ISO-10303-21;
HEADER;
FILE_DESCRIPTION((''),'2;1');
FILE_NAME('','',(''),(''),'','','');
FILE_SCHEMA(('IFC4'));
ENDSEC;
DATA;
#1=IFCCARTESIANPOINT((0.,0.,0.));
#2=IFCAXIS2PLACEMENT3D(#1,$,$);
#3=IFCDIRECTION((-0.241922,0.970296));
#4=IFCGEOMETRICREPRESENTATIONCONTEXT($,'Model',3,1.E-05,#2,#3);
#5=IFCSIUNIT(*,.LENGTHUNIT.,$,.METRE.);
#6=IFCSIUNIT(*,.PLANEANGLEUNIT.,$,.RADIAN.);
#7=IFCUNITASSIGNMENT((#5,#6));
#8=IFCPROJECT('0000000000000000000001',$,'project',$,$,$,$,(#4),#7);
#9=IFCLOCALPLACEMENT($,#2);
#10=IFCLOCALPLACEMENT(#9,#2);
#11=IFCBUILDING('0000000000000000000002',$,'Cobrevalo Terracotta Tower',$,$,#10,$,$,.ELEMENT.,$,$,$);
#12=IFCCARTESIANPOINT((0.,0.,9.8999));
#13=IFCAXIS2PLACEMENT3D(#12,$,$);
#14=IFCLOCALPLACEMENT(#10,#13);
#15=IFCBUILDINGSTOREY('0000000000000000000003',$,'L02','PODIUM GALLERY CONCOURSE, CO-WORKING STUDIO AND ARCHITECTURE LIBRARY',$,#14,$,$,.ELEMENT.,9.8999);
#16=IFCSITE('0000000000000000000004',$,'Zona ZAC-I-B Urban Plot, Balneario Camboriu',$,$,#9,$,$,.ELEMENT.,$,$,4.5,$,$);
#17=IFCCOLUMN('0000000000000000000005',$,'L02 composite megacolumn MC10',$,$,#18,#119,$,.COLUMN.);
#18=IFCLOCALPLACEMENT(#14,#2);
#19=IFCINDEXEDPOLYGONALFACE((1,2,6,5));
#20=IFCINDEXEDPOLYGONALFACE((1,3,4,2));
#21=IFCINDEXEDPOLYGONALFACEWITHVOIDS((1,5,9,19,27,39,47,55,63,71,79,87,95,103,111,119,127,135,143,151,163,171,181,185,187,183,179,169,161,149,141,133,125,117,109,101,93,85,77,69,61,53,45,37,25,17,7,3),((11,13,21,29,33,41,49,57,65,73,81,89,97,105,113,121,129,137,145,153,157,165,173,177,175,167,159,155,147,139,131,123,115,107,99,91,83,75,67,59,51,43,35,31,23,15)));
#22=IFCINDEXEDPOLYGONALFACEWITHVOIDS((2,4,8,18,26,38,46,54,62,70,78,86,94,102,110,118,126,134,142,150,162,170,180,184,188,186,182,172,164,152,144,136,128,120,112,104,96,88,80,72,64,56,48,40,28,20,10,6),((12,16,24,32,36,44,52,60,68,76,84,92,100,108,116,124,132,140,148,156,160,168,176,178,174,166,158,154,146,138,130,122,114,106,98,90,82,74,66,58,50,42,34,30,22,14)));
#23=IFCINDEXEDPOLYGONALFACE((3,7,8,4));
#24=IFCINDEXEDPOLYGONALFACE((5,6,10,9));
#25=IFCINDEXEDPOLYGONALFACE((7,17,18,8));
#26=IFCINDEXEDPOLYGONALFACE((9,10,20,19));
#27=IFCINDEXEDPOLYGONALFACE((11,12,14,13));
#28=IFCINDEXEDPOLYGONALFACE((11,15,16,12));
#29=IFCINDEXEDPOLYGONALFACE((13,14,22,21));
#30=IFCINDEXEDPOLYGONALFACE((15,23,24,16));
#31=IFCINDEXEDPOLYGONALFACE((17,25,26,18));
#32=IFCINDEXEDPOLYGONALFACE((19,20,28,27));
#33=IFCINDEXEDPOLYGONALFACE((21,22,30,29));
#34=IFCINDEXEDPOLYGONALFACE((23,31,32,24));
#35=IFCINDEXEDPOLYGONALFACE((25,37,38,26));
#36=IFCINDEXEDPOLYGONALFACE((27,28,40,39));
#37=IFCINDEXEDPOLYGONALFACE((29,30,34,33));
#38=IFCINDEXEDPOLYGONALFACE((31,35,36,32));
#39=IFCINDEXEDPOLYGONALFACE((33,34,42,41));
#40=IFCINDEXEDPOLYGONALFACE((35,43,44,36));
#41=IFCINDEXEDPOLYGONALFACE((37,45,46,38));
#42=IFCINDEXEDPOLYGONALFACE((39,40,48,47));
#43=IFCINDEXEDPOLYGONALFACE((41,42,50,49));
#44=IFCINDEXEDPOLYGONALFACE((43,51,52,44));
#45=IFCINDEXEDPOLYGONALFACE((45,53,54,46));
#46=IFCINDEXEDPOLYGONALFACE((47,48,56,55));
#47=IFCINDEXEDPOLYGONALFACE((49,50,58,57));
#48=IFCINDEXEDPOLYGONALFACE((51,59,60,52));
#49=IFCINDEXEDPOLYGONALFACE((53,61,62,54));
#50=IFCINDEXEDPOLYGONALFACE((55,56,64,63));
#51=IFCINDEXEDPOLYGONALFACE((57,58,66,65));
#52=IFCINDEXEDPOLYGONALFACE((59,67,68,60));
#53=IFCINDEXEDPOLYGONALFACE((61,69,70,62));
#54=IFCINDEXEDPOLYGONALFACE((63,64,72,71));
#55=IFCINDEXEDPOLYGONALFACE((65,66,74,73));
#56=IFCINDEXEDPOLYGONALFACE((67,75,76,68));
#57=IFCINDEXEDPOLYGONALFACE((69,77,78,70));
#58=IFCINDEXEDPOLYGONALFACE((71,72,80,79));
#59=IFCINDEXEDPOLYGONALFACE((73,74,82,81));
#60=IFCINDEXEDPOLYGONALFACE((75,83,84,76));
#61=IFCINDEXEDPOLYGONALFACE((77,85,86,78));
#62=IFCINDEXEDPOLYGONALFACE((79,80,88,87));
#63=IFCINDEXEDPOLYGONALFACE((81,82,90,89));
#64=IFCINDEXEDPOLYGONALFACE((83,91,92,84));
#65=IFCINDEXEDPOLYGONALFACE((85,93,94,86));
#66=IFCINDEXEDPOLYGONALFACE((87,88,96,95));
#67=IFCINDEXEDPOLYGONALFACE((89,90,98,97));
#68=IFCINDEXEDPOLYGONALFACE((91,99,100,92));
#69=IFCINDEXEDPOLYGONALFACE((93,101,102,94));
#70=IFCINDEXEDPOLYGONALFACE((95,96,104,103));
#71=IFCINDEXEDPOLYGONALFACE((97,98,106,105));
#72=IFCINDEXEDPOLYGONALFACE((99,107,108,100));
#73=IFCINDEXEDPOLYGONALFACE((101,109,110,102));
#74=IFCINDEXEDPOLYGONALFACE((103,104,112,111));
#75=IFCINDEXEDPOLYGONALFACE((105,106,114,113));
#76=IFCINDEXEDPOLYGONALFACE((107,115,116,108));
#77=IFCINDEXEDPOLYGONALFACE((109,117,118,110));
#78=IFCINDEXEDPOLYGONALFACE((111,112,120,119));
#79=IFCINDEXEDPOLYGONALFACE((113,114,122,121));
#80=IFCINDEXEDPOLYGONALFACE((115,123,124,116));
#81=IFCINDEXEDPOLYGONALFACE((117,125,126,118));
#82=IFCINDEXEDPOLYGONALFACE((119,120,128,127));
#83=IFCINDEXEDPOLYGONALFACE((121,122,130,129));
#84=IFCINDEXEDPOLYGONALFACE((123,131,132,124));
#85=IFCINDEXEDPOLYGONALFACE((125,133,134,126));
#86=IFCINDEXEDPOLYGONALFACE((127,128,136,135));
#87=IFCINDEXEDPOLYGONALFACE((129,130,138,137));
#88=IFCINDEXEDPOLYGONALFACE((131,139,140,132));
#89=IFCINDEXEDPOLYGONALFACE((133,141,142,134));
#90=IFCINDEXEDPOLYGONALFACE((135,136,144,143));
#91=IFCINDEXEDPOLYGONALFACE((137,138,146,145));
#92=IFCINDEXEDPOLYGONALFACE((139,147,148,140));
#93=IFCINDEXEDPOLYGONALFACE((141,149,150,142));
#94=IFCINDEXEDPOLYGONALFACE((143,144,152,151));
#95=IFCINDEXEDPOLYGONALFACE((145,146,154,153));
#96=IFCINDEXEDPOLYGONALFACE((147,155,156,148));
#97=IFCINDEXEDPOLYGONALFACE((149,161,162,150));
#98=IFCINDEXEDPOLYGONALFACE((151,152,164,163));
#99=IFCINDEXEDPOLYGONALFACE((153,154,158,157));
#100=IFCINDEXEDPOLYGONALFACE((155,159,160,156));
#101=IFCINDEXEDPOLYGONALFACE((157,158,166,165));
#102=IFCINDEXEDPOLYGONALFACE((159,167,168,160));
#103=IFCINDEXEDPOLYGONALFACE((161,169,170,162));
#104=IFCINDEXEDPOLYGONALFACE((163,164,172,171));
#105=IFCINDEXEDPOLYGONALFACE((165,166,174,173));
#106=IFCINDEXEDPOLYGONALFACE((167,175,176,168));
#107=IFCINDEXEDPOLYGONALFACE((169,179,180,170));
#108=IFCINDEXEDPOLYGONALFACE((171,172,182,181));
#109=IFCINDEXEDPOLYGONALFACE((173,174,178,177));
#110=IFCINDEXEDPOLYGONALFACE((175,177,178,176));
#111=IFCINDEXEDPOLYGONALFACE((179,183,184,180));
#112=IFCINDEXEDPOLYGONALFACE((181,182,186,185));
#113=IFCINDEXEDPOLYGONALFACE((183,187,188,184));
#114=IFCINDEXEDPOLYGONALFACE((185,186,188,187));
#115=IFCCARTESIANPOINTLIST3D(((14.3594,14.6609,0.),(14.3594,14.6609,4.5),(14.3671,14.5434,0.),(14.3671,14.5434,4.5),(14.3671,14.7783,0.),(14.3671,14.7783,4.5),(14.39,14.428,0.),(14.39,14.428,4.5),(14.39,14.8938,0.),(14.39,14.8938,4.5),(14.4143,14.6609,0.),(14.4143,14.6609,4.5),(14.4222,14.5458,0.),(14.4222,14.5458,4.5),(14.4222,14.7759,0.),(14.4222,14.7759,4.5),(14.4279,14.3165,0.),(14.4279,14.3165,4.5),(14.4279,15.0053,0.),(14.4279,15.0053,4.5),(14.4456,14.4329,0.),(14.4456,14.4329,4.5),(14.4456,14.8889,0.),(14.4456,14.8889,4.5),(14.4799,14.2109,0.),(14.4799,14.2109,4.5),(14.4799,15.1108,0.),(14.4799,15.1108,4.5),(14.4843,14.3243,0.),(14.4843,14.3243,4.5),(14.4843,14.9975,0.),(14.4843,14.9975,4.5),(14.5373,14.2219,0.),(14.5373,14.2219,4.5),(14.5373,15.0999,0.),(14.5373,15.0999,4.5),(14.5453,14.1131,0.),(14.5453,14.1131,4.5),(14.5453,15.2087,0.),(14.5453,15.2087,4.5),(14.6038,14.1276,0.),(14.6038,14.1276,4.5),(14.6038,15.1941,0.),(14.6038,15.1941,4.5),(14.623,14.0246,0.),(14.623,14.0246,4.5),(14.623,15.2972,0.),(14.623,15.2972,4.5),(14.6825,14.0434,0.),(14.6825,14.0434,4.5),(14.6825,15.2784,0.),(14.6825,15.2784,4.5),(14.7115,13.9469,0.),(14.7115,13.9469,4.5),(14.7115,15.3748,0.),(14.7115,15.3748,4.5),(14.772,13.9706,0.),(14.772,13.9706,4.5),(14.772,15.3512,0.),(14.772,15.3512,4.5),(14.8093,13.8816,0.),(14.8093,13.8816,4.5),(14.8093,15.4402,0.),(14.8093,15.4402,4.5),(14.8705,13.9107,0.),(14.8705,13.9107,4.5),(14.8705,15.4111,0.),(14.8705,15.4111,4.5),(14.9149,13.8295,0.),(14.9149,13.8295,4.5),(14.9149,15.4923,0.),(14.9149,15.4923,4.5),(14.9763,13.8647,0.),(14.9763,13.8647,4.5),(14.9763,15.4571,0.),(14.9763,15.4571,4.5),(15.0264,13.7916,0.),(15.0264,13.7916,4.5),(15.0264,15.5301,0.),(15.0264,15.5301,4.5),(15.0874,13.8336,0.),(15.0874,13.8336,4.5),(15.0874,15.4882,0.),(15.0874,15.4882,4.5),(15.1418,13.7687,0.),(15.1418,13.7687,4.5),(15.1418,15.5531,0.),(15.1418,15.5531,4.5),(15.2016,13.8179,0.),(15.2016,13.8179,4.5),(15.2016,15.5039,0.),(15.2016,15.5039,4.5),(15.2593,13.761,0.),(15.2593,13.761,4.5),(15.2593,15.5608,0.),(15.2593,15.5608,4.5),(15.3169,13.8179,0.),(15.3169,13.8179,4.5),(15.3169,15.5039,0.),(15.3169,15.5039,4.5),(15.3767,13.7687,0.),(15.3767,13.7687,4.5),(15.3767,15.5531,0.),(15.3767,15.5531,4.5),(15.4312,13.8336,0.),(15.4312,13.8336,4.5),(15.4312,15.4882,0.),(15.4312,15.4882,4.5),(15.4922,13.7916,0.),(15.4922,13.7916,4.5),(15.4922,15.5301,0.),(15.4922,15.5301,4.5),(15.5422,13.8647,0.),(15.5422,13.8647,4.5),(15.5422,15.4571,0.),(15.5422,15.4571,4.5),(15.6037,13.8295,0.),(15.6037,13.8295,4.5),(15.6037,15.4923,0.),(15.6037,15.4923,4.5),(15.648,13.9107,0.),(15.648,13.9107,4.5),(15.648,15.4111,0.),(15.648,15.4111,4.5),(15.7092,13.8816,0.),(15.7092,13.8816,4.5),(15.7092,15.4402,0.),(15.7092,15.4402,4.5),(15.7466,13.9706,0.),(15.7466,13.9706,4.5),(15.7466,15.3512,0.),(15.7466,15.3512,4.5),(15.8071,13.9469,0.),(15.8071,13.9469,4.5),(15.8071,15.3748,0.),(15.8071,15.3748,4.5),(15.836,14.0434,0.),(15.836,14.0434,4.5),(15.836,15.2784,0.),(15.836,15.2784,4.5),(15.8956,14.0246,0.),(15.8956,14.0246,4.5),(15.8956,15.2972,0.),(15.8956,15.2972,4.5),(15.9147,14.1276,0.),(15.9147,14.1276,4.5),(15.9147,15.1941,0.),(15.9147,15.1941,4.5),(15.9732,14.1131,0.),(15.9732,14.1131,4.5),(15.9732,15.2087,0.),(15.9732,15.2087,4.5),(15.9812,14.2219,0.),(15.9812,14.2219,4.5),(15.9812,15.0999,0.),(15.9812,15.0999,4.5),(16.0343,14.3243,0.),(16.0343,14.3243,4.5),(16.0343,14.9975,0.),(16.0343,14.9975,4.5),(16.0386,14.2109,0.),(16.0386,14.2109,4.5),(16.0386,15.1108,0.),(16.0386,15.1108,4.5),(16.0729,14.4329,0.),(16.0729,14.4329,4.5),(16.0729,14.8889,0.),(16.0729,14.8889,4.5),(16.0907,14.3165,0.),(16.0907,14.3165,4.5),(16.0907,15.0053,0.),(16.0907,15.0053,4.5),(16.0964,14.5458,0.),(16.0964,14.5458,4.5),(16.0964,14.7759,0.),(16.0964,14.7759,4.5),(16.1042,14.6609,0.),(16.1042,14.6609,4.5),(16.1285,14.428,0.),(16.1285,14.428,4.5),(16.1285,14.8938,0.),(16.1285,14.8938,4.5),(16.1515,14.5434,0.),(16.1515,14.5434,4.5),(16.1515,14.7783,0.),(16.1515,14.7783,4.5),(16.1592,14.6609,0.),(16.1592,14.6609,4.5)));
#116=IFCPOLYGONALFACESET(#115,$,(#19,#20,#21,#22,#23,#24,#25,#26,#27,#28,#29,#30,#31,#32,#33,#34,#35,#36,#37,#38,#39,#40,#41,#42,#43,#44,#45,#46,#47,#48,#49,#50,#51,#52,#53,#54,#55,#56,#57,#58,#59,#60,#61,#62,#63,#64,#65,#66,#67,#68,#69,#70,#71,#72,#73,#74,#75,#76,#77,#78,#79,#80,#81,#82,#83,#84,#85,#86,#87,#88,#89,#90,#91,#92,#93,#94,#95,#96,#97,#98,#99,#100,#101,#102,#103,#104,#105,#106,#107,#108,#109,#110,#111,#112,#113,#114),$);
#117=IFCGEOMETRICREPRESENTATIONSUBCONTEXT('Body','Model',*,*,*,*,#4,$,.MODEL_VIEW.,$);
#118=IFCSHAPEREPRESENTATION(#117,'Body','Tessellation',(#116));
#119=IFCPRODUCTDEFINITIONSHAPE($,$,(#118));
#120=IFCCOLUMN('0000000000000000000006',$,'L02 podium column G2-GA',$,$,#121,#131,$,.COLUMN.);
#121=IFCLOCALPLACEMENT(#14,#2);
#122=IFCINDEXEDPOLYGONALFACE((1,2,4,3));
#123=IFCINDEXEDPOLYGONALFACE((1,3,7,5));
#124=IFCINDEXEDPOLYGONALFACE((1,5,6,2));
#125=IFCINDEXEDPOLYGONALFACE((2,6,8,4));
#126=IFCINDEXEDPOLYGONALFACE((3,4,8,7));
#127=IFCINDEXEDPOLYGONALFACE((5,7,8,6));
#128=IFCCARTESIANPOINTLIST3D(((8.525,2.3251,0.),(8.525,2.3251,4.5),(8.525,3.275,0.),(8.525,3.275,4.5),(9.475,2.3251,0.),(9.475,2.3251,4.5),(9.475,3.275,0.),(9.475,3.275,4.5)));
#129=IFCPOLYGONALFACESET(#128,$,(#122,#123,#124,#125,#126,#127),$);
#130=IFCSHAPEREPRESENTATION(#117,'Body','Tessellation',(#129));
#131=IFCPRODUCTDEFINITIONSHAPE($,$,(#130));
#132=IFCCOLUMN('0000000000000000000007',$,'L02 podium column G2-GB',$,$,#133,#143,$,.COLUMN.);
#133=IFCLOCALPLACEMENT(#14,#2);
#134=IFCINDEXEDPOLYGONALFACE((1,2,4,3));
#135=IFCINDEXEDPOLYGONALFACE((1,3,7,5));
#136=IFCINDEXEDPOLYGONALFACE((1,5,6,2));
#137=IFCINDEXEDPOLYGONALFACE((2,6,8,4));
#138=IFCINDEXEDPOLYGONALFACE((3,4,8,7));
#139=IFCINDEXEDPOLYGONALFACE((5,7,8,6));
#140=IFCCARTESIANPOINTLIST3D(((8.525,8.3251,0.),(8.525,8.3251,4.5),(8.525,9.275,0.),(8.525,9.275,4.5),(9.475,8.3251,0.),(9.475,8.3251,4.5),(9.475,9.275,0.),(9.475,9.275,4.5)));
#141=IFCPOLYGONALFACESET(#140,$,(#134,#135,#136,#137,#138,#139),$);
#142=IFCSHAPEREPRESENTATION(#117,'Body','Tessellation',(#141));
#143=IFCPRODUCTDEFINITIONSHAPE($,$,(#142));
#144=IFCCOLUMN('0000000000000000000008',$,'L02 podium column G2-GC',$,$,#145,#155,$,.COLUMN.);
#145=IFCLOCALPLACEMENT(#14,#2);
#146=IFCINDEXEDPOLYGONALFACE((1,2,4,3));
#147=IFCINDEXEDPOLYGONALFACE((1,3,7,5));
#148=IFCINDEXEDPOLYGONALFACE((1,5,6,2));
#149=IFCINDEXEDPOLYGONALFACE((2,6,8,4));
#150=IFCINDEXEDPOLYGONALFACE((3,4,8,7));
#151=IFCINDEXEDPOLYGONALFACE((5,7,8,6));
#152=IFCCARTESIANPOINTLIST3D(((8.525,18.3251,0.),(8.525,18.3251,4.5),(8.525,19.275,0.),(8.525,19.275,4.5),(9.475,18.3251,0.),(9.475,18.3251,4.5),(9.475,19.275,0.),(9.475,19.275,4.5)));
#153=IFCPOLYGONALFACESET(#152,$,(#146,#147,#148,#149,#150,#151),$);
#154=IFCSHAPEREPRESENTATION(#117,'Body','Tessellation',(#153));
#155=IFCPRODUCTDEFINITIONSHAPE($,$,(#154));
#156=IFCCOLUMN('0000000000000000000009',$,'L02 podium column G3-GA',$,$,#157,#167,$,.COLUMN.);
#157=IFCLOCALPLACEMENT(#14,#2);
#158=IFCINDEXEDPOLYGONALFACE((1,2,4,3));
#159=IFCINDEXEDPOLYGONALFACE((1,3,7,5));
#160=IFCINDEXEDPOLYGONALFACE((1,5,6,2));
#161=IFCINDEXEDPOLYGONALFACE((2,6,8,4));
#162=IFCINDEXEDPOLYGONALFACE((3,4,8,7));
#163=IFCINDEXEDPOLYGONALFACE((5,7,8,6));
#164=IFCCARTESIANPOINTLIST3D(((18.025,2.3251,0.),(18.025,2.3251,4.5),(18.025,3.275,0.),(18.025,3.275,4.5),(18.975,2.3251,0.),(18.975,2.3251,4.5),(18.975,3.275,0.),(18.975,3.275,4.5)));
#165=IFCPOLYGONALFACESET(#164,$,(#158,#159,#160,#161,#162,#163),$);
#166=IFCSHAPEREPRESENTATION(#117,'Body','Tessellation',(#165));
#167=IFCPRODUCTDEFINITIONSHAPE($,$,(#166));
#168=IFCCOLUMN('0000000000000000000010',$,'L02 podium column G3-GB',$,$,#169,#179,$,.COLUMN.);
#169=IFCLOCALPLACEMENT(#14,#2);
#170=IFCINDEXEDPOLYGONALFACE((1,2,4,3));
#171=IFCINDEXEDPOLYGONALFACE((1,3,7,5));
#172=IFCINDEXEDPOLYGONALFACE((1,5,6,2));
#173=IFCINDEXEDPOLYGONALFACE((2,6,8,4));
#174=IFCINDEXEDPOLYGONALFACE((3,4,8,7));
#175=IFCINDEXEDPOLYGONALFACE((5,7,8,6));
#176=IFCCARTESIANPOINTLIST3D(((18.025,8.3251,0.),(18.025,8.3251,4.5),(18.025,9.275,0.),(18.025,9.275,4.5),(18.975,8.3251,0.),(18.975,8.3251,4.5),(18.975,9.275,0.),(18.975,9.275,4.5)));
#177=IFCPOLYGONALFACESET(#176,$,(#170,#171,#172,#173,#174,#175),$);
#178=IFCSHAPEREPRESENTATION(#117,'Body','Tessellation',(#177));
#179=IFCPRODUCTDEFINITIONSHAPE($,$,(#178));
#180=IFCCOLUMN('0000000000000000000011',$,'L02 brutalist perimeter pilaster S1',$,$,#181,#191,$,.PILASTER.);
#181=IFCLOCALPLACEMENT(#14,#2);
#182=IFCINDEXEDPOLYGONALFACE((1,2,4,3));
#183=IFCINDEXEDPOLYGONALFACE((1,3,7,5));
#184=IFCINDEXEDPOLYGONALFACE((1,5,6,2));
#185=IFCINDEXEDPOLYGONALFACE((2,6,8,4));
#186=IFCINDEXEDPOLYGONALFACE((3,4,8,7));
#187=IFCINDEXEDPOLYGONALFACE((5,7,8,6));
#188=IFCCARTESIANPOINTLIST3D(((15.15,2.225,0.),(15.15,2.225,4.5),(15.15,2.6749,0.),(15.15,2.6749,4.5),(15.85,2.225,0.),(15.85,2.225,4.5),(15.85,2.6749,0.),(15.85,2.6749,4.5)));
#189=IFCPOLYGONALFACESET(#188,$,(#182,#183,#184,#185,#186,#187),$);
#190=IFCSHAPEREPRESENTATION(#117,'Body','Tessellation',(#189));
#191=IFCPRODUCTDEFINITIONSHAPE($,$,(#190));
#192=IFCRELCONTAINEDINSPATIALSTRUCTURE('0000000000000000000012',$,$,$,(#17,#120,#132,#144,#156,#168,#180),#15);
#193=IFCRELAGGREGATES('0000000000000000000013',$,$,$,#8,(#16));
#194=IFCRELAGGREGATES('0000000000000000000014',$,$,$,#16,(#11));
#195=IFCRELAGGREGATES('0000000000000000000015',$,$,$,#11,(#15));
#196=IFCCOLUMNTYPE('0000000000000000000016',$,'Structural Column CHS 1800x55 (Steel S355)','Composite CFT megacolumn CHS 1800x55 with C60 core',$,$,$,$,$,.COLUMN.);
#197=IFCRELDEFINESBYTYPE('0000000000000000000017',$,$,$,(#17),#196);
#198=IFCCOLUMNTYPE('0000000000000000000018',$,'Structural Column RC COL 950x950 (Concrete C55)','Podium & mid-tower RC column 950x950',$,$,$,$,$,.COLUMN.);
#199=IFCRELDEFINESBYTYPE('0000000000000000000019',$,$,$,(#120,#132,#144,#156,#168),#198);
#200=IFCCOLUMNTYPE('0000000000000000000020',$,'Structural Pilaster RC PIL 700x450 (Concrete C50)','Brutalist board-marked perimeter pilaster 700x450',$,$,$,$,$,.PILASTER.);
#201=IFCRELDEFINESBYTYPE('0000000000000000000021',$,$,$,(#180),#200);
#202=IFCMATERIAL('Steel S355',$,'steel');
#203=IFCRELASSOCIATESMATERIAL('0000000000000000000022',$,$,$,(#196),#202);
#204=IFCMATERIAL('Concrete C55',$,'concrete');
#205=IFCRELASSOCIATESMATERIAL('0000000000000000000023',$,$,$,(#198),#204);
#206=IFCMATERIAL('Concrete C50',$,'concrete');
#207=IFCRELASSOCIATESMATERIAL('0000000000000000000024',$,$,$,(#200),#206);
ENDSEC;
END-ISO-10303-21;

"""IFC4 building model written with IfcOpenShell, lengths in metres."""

from ifc_helpers import new_model, si_unit, direction, frame, origin, origin_2d, place, context, subcontext, project, spatial, rectangle, hollow_circle, extrude, material, material_profile, profile_set, type_object, element, save


model = new_model("IFC4")

# Units and contexts
model_context = context("Model", 3, precision=1e-05, world=origin(), true_north=direction((-0.241922, 0.970296)))
body_context = subcontext(model_context, "Body", "Model", "MODEL_VIEW")
ifc_project = project(units=[si_unit("LENGTHUNIT", "METRE"), si_unit("PLANEANGLEUNIT", "RADIAN")], contexts=[model_context])

# Site, building, storey
site_placement = place(None, origin())
site = spatial("IfcSite", under=ifc_project, at=site_placement, Name="Zona ZAC-I-B Urban Plot, Balneario Camboriu", CompositionType="ELEMENT", RefElevation=4.5)
building_placement = place(site_placement, origin())
building = spatial("IfcBuilding", under=site, at=building_placement, Name="Cobrevalo Terracotta Tower", CompositionType="ELEMENT")
storey_placement = place(building_placement, frame((0.0, 0.0, 9.8999)))
storey = spatial("IfcBuildingStorey", under=building, at=storey_placement, Name="L02", Description="PODIUM GALLERY CONCOURSE, CO-WORKING STUDIO AND ARCHITECTURE LIBRARY", CompositionType="ELEMENT", Elevation=9.8999)

# Columns
ifc_material_1 = material(Name="Steel S355", Category="steel")
ifc_material_profile_1 = material_profile(ifc_material_1, hollow_circle(Radius=0.8999, WallThickness=0.0549, at=origin_2d()), Name="CHS 1800x55")
ifc_profile_set_1 = profile_set([ifc_material_profile_1], Name="Steel S355")
column_type_1 = type_object("IfcColumnType", Name="Structural Column CHS 1800x55 (Steel S355)", Description="Composite CFT megacolumn CHS 1800x55 with C60 core", PredefinedType="COLUMN", material=ifc_profile_set_1)
column_1_placement = place(storey_placement, frame((15.2593, 14.6609, 0.0), z_axis=(0.0, 0.0, 1.0), x_axis=(1.0, 0.0, 0.0)))
element("IfcColumn", 1, at=column_1_placement, inside=storey, type_object=column_type_1, Name="L02 composite megacolumn MC10", PredefinedType="COLUMN", context=body_context, shape_type="SweptSolid", body=[
    extrude(hollow_circle(Radius=0.8999, WallThickness=0.0549, at=origin_2d()), origin(), (0.0, 0.0, 1.0), 4.5),
])
ifc_material_2 = material(Name="Concrete C55", Category="concrete")
ifc_material_profile_2 = material_profile(ifc_material_2, rectangle(XDim=0.95, YDim=0.95, at=origin_2d()), Name="RC COL 950x950")
ifc_profile_set_2 = profile_set([ifc_material_profile_2], Name="Concrete C55")
column_type_2 = type_object("IfcColumnType", Name="Structural Column RC COL 950x950 (Concrete C55)", Description="Podium & mid-tower RC column 950x950", PredefinedType="COLUMN", material=ifc_profile_set_2)
for number, where, z_axis, x_axis, name in (
    (2, (9.0, 2.8, 0.0), (0.0, 0.0, 1.0), (1.0, 0.0, 0.0), "L02 podium column G2-GA"),
    (3, (9.0, 8.8, 0.0), (0.0, 0.0, 1.0), (1.0, 0.0, 0.0), "L02 podium column G2-GB"),
    (4, (9.0, 18.8, 0.0), (0.0, 0.0, 1.0), (1.0, 0.0, 0.0), "L02 podium column G2-GC"),
    (5, (18.5, 2.8, 0.0), (0.0, 0.0, 1.0), (1.0, 0.0, 0.0), "L02 podium column G3-GA"),
    (6, (18.5, 8.8, 0.0), (0.0, 0.0, 1.0), (1.0, 0.0, 0.0), "L02 podium column G3-GB"),
):
    element("IfcColumn", number, at=place(storey_placement, frame(where, z_axis=z_axis, x_axis=x_axis)), inside=storey, type_object=column_type_2, Name=name, PredefinedType="COLUMN", context=body_context, shape_type="SweptSolid", body=[
        extrude(rectangle(XDim=0.95, YDim=0.95, at=origin_2d()), origin(), (0.0, 0.0, 1.0), 4.5),
    ])
ifc_material_3 = material(Name="Concrete C50", Category="concrete")
ifc_material_profile_3 = material_profile(ifc_material_3, rectangle(XDim=0.7, YDim=0.45, at=origin_2d()), Name="RC PIL 700x450")
ifc_profile_set_3 = profile_set([ifc_material_profile_3], Name="Concrete C50")
column_type_3 = type_object("IfcColumnType", Name="Structural Pilaster RC PIL 700x450 (Concrete C50)", Description="Brutalist board-marked perimeter pilaster 700x450", PredefinedType="PILASTER", material=ifc_profile_set_3)
column_2_placement = place(storey_placement, frame((15.5, 2.45, 0.0), z_axis=(0.0, 0.0, 1.0), x_axis=(1.0, 0.0, 0.0)))
element("IfcColumn", 7, at=column_2_placement, inside=storey, type_object=column_type_3, Name="L02 brutalist perimeter pilaster S1", PredefinedType="PILASTER", context=body_context, shape_type="SweptSolid", body=[
    extrude(rectangle(XDim=0.7, YDim=0.45, at=origin_2d()), origin(), (0.0, 0.0, 1.0), 4.5),
])

save(model, "model.ifc")
